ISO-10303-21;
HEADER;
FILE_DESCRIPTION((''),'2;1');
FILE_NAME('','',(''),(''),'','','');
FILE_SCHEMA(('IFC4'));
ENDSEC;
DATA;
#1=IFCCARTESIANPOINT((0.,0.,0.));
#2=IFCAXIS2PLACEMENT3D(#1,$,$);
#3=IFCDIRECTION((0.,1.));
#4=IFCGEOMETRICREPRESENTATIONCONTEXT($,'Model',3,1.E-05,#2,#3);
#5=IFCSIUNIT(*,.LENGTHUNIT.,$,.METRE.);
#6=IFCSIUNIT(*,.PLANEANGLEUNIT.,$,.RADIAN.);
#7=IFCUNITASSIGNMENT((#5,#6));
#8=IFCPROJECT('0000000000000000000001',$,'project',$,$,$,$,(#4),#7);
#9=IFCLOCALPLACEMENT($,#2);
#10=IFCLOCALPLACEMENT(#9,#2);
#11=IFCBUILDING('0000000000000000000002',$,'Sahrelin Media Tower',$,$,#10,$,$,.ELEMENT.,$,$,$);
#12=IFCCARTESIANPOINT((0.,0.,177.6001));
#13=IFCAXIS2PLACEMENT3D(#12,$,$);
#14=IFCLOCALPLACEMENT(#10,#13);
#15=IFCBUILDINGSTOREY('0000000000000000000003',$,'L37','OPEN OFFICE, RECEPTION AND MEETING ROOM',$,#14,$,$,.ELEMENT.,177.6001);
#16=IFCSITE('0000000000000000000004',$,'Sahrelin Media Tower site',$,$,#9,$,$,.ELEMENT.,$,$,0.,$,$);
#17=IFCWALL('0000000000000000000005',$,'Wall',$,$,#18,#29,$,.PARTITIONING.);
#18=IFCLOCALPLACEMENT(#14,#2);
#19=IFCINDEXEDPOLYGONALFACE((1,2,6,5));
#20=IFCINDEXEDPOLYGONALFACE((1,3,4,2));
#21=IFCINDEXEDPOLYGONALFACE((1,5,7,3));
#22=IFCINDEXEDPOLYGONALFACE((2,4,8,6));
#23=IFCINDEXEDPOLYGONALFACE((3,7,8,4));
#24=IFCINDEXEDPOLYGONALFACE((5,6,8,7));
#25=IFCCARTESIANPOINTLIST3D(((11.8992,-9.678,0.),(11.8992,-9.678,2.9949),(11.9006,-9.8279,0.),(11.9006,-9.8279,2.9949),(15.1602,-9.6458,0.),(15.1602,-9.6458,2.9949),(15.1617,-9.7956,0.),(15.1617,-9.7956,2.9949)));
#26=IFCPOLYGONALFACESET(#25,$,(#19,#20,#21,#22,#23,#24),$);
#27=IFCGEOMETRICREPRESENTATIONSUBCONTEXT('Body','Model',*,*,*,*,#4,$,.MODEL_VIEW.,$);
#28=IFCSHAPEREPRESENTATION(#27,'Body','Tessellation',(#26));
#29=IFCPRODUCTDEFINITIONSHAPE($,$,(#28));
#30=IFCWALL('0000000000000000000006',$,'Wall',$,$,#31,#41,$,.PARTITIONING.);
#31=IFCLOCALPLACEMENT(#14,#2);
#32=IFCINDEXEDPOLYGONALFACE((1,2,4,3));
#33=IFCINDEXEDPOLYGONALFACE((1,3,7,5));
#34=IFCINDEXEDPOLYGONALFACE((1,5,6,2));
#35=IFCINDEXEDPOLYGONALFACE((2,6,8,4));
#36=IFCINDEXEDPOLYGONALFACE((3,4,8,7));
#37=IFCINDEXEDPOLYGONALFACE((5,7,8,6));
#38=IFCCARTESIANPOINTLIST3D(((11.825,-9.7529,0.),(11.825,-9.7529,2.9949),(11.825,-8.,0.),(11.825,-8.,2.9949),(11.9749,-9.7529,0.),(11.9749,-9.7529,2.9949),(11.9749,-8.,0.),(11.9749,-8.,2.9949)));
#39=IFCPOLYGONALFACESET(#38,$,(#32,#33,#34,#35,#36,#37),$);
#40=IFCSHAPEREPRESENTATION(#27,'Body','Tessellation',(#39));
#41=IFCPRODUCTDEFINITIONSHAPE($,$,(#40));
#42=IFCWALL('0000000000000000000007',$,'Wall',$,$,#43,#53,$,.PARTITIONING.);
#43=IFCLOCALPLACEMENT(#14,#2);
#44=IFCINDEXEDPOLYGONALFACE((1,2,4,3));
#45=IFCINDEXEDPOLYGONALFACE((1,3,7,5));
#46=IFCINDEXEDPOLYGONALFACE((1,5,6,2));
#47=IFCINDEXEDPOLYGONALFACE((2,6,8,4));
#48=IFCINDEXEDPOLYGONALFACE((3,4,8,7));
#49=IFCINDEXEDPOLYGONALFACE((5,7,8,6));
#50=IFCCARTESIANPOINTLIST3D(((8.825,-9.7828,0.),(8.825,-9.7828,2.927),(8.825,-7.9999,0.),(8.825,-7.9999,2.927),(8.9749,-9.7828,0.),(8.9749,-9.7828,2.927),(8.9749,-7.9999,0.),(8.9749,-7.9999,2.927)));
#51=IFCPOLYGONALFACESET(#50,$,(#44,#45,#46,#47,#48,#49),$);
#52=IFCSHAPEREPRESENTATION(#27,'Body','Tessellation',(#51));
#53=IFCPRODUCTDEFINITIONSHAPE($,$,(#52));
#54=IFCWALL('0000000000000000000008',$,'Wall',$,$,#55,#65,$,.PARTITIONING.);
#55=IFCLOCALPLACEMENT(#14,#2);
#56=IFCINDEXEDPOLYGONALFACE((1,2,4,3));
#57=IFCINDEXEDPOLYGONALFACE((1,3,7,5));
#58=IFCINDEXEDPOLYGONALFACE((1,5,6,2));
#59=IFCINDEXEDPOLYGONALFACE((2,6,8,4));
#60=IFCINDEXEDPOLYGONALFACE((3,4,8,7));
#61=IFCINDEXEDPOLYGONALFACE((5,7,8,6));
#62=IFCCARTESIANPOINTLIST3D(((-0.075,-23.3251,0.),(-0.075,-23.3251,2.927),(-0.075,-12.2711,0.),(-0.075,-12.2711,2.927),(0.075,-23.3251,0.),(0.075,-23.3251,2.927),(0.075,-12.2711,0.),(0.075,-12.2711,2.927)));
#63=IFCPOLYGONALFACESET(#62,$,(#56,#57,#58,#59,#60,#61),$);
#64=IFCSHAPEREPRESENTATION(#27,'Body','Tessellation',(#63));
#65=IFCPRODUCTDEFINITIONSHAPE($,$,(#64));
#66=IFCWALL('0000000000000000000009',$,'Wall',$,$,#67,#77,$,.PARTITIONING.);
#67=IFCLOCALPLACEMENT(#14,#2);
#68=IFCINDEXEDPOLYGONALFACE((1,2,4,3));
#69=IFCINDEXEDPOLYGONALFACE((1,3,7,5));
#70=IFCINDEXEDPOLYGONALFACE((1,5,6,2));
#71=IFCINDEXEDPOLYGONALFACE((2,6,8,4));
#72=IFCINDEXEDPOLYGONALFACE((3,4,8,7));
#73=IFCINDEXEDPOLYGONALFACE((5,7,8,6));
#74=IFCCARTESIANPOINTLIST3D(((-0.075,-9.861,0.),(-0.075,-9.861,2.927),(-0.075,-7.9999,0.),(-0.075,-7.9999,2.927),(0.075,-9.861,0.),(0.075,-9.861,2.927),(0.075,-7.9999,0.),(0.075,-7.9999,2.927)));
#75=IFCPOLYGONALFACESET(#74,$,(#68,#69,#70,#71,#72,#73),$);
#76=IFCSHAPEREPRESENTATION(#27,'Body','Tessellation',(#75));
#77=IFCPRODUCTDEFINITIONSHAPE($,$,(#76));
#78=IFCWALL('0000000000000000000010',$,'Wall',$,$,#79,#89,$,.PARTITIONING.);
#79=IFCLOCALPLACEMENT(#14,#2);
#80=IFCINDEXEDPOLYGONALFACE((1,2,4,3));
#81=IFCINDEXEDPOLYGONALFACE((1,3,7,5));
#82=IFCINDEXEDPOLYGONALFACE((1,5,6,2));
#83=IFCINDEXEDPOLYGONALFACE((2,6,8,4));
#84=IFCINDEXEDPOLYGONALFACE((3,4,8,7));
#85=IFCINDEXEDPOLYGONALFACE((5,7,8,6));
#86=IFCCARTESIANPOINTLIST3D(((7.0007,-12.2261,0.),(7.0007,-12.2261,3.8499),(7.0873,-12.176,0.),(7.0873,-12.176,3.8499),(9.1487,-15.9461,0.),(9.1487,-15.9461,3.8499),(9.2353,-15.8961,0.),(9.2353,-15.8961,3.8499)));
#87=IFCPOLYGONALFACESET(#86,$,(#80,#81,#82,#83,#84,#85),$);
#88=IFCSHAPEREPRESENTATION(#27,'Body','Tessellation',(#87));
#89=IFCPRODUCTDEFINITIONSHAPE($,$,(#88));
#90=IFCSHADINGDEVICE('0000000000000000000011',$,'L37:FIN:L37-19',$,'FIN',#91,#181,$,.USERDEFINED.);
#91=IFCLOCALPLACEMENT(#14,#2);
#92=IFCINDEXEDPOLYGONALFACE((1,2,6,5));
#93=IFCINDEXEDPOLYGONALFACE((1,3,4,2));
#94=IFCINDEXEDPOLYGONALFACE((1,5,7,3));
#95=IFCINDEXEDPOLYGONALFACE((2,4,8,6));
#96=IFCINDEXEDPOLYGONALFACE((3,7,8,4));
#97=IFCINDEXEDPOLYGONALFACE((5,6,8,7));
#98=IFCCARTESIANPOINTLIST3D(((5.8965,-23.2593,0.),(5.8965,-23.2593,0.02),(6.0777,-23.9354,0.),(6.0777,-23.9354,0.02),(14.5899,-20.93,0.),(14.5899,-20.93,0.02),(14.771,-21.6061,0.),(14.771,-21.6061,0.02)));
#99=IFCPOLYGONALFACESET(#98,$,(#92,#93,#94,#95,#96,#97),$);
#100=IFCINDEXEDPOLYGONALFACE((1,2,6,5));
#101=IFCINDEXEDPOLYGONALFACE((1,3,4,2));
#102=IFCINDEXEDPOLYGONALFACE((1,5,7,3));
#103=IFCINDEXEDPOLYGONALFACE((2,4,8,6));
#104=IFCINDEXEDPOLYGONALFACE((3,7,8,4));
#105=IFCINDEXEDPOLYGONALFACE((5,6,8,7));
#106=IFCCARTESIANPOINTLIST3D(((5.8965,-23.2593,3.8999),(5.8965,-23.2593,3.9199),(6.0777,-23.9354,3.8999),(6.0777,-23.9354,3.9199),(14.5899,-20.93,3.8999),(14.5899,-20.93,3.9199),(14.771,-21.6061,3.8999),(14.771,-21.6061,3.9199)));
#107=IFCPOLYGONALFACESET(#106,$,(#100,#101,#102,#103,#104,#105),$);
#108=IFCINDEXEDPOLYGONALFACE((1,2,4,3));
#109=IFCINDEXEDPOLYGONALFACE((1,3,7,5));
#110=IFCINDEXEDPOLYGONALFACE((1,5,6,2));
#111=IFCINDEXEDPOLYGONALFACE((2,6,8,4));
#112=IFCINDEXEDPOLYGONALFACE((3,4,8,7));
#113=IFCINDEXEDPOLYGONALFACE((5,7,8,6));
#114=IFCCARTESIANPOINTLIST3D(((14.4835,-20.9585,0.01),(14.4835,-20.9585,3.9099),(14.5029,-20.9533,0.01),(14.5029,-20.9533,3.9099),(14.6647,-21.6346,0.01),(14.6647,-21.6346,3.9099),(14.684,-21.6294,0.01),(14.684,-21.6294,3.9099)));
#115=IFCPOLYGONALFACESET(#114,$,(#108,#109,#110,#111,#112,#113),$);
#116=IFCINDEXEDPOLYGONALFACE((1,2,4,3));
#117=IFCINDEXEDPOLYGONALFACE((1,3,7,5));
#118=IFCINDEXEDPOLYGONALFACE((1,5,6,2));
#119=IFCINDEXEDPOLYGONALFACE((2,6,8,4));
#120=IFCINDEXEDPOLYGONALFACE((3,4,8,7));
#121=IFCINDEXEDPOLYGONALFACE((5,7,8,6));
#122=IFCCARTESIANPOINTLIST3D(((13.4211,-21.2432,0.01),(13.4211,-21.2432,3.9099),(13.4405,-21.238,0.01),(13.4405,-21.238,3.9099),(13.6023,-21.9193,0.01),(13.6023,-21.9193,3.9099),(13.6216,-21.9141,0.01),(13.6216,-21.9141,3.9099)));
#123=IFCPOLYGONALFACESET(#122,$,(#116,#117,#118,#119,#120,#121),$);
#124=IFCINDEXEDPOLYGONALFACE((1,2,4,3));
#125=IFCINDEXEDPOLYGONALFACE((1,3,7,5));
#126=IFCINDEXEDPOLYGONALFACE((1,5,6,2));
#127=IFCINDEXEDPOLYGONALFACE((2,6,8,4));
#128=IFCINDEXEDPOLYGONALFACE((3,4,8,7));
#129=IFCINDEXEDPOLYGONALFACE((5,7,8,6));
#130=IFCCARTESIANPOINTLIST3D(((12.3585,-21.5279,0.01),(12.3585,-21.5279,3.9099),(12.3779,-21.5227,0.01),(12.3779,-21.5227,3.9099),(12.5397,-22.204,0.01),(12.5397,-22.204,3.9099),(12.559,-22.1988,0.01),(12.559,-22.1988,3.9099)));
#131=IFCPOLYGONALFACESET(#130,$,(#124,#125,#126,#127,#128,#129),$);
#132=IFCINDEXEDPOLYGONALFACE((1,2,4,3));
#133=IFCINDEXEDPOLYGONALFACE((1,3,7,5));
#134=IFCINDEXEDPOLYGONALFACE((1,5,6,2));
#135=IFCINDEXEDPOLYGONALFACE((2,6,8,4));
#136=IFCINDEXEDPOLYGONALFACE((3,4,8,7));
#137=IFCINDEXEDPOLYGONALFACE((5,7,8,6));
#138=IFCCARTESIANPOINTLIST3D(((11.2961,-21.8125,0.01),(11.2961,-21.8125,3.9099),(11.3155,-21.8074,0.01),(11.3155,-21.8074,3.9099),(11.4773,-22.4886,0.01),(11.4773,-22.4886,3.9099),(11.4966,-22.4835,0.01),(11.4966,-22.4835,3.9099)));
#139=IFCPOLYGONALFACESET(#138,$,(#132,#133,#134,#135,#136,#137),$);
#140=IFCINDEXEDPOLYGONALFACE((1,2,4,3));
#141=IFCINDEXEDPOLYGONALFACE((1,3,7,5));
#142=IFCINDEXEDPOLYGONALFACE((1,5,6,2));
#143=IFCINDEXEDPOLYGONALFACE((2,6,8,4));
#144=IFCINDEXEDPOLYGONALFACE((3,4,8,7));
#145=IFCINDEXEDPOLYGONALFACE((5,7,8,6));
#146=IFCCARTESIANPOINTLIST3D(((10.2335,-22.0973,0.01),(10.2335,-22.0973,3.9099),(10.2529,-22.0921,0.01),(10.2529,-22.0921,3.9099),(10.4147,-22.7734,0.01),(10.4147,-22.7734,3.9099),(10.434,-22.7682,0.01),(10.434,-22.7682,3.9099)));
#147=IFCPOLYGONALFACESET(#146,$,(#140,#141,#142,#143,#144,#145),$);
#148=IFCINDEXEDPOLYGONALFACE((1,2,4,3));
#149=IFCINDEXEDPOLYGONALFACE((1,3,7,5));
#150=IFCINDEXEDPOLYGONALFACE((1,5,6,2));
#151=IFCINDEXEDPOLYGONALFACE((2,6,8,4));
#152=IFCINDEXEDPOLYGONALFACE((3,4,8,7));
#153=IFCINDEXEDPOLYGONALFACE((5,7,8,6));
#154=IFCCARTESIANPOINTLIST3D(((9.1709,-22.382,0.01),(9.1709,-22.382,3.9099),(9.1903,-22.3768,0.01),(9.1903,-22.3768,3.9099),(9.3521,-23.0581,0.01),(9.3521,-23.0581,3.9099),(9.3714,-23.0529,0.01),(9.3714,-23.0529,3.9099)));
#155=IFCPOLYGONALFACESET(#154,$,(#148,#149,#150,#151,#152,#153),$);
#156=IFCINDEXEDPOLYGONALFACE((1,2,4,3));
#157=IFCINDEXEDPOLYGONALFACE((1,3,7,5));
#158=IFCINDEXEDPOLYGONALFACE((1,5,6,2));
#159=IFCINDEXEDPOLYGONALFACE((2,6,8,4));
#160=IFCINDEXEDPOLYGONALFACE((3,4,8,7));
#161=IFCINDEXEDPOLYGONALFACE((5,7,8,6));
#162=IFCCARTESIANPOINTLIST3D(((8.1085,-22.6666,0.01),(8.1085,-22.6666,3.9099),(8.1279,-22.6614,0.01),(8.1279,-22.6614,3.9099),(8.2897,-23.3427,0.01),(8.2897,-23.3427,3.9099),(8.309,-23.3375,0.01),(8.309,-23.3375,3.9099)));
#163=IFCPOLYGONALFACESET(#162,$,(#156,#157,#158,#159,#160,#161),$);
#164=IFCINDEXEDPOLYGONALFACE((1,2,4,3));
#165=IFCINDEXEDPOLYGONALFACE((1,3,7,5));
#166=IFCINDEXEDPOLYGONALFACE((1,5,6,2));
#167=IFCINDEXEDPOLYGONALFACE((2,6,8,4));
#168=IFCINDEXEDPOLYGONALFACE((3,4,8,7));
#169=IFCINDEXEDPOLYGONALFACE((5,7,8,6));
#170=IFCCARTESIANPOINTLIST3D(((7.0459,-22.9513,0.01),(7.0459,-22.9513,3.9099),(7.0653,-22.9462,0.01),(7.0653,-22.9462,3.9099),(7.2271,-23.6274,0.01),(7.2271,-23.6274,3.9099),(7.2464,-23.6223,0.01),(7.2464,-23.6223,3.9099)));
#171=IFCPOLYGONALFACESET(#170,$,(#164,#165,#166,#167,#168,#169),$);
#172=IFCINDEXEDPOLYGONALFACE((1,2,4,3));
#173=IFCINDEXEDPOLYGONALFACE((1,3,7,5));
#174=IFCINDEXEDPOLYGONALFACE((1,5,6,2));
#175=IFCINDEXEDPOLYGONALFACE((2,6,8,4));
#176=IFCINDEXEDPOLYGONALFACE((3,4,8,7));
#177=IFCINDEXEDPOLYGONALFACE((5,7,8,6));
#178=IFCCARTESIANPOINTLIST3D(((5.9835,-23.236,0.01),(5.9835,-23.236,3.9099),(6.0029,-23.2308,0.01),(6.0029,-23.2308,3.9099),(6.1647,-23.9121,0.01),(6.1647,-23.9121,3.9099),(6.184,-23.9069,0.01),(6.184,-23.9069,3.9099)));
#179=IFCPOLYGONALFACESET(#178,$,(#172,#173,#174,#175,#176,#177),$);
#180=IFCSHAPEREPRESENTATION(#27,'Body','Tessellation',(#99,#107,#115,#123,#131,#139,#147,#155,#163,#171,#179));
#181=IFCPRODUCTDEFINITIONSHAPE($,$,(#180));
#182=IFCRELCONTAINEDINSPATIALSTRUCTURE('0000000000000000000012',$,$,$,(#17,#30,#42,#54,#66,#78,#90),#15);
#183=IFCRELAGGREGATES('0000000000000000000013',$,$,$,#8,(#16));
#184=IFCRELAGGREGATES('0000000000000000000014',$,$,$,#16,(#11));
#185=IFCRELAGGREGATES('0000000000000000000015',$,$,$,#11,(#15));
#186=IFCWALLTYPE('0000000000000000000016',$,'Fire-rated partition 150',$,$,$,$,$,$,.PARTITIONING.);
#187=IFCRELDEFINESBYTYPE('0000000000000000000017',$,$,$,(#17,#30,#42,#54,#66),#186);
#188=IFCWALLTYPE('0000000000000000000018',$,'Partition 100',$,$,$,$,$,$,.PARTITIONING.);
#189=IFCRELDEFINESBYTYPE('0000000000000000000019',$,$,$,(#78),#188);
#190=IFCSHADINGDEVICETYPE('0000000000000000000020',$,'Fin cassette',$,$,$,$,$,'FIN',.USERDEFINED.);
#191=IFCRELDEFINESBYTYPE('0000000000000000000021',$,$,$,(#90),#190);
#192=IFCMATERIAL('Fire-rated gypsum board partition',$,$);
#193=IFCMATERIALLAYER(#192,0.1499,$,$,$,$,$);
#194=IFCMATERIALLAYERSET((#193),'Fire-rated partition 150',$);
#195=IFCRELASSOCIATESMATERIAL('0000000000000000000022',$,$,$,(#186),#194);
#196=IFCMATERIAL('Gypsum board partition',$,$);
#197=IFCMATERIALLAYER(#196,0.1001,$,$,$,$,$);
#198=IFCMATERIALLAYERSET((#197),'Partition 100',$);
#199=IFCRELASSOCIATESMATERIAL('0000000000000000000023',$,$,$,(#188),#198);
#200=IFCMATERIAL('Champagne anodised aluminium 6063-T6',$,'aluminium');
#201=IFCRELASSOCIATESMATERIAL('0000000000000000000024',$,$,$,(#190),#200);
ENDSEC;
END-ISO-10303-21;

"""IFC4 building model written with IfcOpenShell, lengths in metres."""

from ifc_helpers import new_model, si_unit, direction, frame, frame_2d, origin, origin_2d, place, context, subcontext, project, spatial, rectangle, extrude, material, layer, layer_set, type_object, element, save


model = new_model("IFC4")

# Units and contexts
model_context = context("Model", 3, precision=1e-05, world=origin(), true_north=direction((0.0, 1.0)))
body_context = subcontext(model_context, "Body", "Model", "MODEL_VIEW")
ifc_project = project(units=[si_unit("LENGTHUNIT", "METRE"), si_unit("PLANEANGLEUNIT", "RADIAN")], contexts=[model_context])

# Site, building, storey
site_placement = place(None, origin())
site = spatial("IfcSite", under=ifc_project, at=site_placement, Name="Sahrelin Media Tower site", CompositionType="ELEMENT", RefElevation=0.0)
building_placement = place(site_placement, origin())
building = spatial("IfcBuilding", under=site, at=building_placement, Name="Sahrelin Media Tower", CompositionType="ELEMENT")
storey_placement = place(building_placement, frame((0.0, 0.0, 177.6001)))
storey = spatial("IfcBuildingStorey", under=building, at=storey_placement, Name="L37", Description="OPEN OFFICE, RECEPTION AND MEETING ROOM", CompositionType="ELEMENT", Elevation=177.6001)

# Shared definitions
ifc_material_1 = material(Name="Champagne anodised aluminium 6063-T6", Category="aluminium")

# Walls
ifc_material_2 = material(Name="Fire-rated gypsum board partition")
ifc_layer_1 = layer(ifc_material_2, 0.1499)
ifc_layer_set_1 = layer_set([ifc_layer_1], Name="Fire-rated partition 150")
wall_type_1 = type_object("IfcWallType", Name="Fire-rated partition 150", PredefinedType="PARTITIONING", material=ifc_layer_set_1)
wall_1_placement = place(storey_placement, frame((11.8999, -9.7529, 0.0), z_axis=(0.0, 0.0, 1.0), x_axis=(0.999951, 0.009882, 0.0)))
element("IfcWall", 1, at=wall_1_placement, inside=storey, type_object=wall_type_1, Name="Wall", PredefinedType="PARTITIONING", context=body_context, shape_type="SweptSolid", body=[
    extrude(rectangle(XDim=3.2612, YDim=0.1499, at=frame_2d((1.6306, 0.0))), origin(), (0.0, 0.0, 1.0), 2.9949),
])
wall_2_placement = place(storey_placement, frame((11.8999, -9.7529, 0.0), z_axis=(0.0, 0.0, 1.0), x_axis=(0.0, 1.0, 0.0)))
element("IfcWall", 2, at=wall_2_placement, inside=storey, type_object=wall_type_1, Name="Wall", PredefinedType="PARTITIONING", context=body_context, shape_type="SweptSolid", body=[
    extrude(rectangle(XDim=1.7529, YDim=0.1499, at=frame_2d((0.8765, 0.0))), origin(), (0.0, 0.0, 1.0), 2.9949),
])
wall_3_placement = place(storey_placement, frame((8.8999, -9.783, 0.0), z_axis=(0.0, 0.0, 1.0), x_axis=(0.0, 1.0, 0.0)))
element("IfcWall", 3, at=wall_3_placement, inside=storey, type_object=wall_type_1, Name="Wall", PredefinedType="PARTITIONING", context=body_context, shape_type="SweptSolid", body=[
    extrude(rectangle(XDim=1.783, YDim=0.1499, at=frame_2d((0.8916, 0.0))), origin(), (0.0, 0.0, 1.0), 2.927),
])
wall_4_placement = place(storey_placement, frame((0.0, -23.325, 0.0), z_axis=(0.0, 0.0, 1.0), x_axis=(0.0, 1.0, 0.0)))
element("IfcWall", 4, at=wall_4_placement, inside=storey, type_object=wall_type_1, Name="Wall", PredefinedType="PARTITIONING", context=body_context, shape_type="SweptSolid", body=[
    extrude(rectangle(XDim=11.054, YDim=0.1499, at=frame_2d((5.5269, 0.0))), origin(), (0.0, 0.0, 1.0), 2.927),
])
wall_5_placement = place(storey_placement, frame((0.0, -9.8611, 0.0), z_axis=(0.0, 0.0, 1.0), x_axis=(0.0, 1.0, 0.0)))
element("IfcWall", 5, at=wall_5_placement, inside=storey, type_object=wall_type_1, Name="Wall", PredefinedType="PARTITIONING", context=body_context, shape_type="SweptSolid", body=[
    extrude(rectangle(XDim=1.8611, YDim=0.1499, at=frame_2d((0.9307, 0.0))), origin(), (0.0, 0.0, 1.0), 2.927),
])
ifc_material_3 = material(Name="Gypsum board partition")
ifc_layer_2 = layer(ifc_material_3, 0.1001)
ifc_layer_set_2 = layer_set([ifc_layer_2], Name="Partition 100")
wall_type_2 = type_object("IfcWallType", Name="Partition 100", PredefinedType="PARTITIONING", material=ifc_layer_set_2)
wall_6_placement = place(storey_placement, frame((7.0439, -12.2009, 0.0), z_axis=(0.0, 0.0, 1.0), x_axis=(0.500039, -0.866003, 0.0)))
element("IfcWall", 6, at=wall_6_placement, inside=storey, type_object=wall_type_2, Name="Wall", PredefinedType="PARTITIONING", context=body_context, shape_type="SweptSolid", body=[
    extrude(rectangle(XDim=4.2957, YDim=0.1001, at=frame_2d((2.1479, 0.0))), origin(), (0.0, 0.0, 1.0), 3.8499),
])

# Shading device
shading_device_type_1 = type_object("IfcShadingDeviceType", Name="Fin cassette", ElementType="FIN", PredefinedType="USERDEFINED", material=ifc_material_1)
placement = place(storey_placement, frame((10.2251, -22.0271, 0.0), z_axis=(0.0, 0.0, 1.0), x_axis=(-0.965929, -0.258808, 0.0)))
element("IfcShadingDevice", 7, at=placement, inside=storey, type_object=shading_device_type_1, Name="L37:FIN:L37-19", ObjectType="FIN", PredefinedType="USERDEFINED", context=body_context, shape_type="SweptSolid", body=[
    extrude(rectangle(XDim=9.0, YDim=0.7, at=origin_2d()), frame((0.0, 0.4199, 0.0)), (0.0, 0.0, 1.0), 0.02),
    extrude(rectangle(XDim=9.0, YDim=0.7, at=origin_2d()), frame((0.0, 0.4199, 3.8999)), (0.0, 0.0, 1.0), 0.02),
    extrude(rectangle(XDim=0.02, YDim=0.7, at=origin_2d()), frame((-4.3999, 0.4199, 0.01), z_axis=(0.0, 0.0, 1.0), x_axis=(1.0, 0.0, 0.0)), (0.0, 0.0, 1.0), 3.8999),
    extrude(rectangle(XDim=0.02, YDim=0.7, at=origin_2d()), frame((-3.3, 0.4199, 0.01), z_axis=(0.0, 0.0, 1.0), x_axis=(1.0, 0.0, 0.0)), (0.0, 0.0, 1.0), 3.8999),
    extrude(rectangle(XDim=0.02, YDim=0.7, at=origin_2d()), frame((-2.2, 0.4199, 0.01), z_axis=(0.0, 0.0, 1.0), x_axis=(1.0, 0.0, 0.0)), (0.0, 0.0, 1.0), 3.8999),
    extrude(rectangle(XDim=0.02, YDim=0.7, at=origin_2d()), frame((-1.1001, 0.4199, 0.01), z_axis=(0.0, 0.0, 1.0), x_axis=(1.0, 0.0, 0.0)), (0.0, 0.0, 1.0), 3.8999),
    extrude(rectangle(XDim=0.02, YDim=0.7, at=origin_2d()), frame((0.0, 0.4199, 0.01), z_axis=(0.0, 0.0, 1.0), x_axis=(1.0, 0.0, 0.0)), (0.0, 0.0, 1.0), 3.8999),
    extrude(rectangle(XDim=0.02, YDim=0.7, at=origin_2d()), frame((1.1001, 0.4199, 0.01), z_axis=(0.0, 0.0, 1.0), x_axis=(1.0, 0.0, 0.0)), (0.0, 0.0, 1.0), 3.8999),
    extrude(rectangle(XDim=0.02, YDim=0.7, at=origin_2d()), frame((2.2, 0.4199, 0.01), z_axis=(0.0, 0.0, 1.0), x_axis=(1.0, 0.0, 0.0)), (0.0, 0.0, 1.0), 3.8999),
    extrude(rectangle(XDim=0.02, YDim=0.7, at=origin_2d()), frame((3.3, 0.4199, 0.01), z_axis=(0.0, 0.0, 1.0), x_axis=(1.0, 0.0, 0.0)), (0.0, 0.0, 1.0), 3.8999),
    extrude(rectangle(XDim=0.02, YDim=0.7, at=origin_2d()), frame((4.3999, 0.4199, 0.01), z_axis=(0.0, 0.0, 1.0), x_axis=(1.0, 0.0, 0.0)), (0.0, 0.0, 1.0), 3.8999),
])

save(model, "model.ifc")
